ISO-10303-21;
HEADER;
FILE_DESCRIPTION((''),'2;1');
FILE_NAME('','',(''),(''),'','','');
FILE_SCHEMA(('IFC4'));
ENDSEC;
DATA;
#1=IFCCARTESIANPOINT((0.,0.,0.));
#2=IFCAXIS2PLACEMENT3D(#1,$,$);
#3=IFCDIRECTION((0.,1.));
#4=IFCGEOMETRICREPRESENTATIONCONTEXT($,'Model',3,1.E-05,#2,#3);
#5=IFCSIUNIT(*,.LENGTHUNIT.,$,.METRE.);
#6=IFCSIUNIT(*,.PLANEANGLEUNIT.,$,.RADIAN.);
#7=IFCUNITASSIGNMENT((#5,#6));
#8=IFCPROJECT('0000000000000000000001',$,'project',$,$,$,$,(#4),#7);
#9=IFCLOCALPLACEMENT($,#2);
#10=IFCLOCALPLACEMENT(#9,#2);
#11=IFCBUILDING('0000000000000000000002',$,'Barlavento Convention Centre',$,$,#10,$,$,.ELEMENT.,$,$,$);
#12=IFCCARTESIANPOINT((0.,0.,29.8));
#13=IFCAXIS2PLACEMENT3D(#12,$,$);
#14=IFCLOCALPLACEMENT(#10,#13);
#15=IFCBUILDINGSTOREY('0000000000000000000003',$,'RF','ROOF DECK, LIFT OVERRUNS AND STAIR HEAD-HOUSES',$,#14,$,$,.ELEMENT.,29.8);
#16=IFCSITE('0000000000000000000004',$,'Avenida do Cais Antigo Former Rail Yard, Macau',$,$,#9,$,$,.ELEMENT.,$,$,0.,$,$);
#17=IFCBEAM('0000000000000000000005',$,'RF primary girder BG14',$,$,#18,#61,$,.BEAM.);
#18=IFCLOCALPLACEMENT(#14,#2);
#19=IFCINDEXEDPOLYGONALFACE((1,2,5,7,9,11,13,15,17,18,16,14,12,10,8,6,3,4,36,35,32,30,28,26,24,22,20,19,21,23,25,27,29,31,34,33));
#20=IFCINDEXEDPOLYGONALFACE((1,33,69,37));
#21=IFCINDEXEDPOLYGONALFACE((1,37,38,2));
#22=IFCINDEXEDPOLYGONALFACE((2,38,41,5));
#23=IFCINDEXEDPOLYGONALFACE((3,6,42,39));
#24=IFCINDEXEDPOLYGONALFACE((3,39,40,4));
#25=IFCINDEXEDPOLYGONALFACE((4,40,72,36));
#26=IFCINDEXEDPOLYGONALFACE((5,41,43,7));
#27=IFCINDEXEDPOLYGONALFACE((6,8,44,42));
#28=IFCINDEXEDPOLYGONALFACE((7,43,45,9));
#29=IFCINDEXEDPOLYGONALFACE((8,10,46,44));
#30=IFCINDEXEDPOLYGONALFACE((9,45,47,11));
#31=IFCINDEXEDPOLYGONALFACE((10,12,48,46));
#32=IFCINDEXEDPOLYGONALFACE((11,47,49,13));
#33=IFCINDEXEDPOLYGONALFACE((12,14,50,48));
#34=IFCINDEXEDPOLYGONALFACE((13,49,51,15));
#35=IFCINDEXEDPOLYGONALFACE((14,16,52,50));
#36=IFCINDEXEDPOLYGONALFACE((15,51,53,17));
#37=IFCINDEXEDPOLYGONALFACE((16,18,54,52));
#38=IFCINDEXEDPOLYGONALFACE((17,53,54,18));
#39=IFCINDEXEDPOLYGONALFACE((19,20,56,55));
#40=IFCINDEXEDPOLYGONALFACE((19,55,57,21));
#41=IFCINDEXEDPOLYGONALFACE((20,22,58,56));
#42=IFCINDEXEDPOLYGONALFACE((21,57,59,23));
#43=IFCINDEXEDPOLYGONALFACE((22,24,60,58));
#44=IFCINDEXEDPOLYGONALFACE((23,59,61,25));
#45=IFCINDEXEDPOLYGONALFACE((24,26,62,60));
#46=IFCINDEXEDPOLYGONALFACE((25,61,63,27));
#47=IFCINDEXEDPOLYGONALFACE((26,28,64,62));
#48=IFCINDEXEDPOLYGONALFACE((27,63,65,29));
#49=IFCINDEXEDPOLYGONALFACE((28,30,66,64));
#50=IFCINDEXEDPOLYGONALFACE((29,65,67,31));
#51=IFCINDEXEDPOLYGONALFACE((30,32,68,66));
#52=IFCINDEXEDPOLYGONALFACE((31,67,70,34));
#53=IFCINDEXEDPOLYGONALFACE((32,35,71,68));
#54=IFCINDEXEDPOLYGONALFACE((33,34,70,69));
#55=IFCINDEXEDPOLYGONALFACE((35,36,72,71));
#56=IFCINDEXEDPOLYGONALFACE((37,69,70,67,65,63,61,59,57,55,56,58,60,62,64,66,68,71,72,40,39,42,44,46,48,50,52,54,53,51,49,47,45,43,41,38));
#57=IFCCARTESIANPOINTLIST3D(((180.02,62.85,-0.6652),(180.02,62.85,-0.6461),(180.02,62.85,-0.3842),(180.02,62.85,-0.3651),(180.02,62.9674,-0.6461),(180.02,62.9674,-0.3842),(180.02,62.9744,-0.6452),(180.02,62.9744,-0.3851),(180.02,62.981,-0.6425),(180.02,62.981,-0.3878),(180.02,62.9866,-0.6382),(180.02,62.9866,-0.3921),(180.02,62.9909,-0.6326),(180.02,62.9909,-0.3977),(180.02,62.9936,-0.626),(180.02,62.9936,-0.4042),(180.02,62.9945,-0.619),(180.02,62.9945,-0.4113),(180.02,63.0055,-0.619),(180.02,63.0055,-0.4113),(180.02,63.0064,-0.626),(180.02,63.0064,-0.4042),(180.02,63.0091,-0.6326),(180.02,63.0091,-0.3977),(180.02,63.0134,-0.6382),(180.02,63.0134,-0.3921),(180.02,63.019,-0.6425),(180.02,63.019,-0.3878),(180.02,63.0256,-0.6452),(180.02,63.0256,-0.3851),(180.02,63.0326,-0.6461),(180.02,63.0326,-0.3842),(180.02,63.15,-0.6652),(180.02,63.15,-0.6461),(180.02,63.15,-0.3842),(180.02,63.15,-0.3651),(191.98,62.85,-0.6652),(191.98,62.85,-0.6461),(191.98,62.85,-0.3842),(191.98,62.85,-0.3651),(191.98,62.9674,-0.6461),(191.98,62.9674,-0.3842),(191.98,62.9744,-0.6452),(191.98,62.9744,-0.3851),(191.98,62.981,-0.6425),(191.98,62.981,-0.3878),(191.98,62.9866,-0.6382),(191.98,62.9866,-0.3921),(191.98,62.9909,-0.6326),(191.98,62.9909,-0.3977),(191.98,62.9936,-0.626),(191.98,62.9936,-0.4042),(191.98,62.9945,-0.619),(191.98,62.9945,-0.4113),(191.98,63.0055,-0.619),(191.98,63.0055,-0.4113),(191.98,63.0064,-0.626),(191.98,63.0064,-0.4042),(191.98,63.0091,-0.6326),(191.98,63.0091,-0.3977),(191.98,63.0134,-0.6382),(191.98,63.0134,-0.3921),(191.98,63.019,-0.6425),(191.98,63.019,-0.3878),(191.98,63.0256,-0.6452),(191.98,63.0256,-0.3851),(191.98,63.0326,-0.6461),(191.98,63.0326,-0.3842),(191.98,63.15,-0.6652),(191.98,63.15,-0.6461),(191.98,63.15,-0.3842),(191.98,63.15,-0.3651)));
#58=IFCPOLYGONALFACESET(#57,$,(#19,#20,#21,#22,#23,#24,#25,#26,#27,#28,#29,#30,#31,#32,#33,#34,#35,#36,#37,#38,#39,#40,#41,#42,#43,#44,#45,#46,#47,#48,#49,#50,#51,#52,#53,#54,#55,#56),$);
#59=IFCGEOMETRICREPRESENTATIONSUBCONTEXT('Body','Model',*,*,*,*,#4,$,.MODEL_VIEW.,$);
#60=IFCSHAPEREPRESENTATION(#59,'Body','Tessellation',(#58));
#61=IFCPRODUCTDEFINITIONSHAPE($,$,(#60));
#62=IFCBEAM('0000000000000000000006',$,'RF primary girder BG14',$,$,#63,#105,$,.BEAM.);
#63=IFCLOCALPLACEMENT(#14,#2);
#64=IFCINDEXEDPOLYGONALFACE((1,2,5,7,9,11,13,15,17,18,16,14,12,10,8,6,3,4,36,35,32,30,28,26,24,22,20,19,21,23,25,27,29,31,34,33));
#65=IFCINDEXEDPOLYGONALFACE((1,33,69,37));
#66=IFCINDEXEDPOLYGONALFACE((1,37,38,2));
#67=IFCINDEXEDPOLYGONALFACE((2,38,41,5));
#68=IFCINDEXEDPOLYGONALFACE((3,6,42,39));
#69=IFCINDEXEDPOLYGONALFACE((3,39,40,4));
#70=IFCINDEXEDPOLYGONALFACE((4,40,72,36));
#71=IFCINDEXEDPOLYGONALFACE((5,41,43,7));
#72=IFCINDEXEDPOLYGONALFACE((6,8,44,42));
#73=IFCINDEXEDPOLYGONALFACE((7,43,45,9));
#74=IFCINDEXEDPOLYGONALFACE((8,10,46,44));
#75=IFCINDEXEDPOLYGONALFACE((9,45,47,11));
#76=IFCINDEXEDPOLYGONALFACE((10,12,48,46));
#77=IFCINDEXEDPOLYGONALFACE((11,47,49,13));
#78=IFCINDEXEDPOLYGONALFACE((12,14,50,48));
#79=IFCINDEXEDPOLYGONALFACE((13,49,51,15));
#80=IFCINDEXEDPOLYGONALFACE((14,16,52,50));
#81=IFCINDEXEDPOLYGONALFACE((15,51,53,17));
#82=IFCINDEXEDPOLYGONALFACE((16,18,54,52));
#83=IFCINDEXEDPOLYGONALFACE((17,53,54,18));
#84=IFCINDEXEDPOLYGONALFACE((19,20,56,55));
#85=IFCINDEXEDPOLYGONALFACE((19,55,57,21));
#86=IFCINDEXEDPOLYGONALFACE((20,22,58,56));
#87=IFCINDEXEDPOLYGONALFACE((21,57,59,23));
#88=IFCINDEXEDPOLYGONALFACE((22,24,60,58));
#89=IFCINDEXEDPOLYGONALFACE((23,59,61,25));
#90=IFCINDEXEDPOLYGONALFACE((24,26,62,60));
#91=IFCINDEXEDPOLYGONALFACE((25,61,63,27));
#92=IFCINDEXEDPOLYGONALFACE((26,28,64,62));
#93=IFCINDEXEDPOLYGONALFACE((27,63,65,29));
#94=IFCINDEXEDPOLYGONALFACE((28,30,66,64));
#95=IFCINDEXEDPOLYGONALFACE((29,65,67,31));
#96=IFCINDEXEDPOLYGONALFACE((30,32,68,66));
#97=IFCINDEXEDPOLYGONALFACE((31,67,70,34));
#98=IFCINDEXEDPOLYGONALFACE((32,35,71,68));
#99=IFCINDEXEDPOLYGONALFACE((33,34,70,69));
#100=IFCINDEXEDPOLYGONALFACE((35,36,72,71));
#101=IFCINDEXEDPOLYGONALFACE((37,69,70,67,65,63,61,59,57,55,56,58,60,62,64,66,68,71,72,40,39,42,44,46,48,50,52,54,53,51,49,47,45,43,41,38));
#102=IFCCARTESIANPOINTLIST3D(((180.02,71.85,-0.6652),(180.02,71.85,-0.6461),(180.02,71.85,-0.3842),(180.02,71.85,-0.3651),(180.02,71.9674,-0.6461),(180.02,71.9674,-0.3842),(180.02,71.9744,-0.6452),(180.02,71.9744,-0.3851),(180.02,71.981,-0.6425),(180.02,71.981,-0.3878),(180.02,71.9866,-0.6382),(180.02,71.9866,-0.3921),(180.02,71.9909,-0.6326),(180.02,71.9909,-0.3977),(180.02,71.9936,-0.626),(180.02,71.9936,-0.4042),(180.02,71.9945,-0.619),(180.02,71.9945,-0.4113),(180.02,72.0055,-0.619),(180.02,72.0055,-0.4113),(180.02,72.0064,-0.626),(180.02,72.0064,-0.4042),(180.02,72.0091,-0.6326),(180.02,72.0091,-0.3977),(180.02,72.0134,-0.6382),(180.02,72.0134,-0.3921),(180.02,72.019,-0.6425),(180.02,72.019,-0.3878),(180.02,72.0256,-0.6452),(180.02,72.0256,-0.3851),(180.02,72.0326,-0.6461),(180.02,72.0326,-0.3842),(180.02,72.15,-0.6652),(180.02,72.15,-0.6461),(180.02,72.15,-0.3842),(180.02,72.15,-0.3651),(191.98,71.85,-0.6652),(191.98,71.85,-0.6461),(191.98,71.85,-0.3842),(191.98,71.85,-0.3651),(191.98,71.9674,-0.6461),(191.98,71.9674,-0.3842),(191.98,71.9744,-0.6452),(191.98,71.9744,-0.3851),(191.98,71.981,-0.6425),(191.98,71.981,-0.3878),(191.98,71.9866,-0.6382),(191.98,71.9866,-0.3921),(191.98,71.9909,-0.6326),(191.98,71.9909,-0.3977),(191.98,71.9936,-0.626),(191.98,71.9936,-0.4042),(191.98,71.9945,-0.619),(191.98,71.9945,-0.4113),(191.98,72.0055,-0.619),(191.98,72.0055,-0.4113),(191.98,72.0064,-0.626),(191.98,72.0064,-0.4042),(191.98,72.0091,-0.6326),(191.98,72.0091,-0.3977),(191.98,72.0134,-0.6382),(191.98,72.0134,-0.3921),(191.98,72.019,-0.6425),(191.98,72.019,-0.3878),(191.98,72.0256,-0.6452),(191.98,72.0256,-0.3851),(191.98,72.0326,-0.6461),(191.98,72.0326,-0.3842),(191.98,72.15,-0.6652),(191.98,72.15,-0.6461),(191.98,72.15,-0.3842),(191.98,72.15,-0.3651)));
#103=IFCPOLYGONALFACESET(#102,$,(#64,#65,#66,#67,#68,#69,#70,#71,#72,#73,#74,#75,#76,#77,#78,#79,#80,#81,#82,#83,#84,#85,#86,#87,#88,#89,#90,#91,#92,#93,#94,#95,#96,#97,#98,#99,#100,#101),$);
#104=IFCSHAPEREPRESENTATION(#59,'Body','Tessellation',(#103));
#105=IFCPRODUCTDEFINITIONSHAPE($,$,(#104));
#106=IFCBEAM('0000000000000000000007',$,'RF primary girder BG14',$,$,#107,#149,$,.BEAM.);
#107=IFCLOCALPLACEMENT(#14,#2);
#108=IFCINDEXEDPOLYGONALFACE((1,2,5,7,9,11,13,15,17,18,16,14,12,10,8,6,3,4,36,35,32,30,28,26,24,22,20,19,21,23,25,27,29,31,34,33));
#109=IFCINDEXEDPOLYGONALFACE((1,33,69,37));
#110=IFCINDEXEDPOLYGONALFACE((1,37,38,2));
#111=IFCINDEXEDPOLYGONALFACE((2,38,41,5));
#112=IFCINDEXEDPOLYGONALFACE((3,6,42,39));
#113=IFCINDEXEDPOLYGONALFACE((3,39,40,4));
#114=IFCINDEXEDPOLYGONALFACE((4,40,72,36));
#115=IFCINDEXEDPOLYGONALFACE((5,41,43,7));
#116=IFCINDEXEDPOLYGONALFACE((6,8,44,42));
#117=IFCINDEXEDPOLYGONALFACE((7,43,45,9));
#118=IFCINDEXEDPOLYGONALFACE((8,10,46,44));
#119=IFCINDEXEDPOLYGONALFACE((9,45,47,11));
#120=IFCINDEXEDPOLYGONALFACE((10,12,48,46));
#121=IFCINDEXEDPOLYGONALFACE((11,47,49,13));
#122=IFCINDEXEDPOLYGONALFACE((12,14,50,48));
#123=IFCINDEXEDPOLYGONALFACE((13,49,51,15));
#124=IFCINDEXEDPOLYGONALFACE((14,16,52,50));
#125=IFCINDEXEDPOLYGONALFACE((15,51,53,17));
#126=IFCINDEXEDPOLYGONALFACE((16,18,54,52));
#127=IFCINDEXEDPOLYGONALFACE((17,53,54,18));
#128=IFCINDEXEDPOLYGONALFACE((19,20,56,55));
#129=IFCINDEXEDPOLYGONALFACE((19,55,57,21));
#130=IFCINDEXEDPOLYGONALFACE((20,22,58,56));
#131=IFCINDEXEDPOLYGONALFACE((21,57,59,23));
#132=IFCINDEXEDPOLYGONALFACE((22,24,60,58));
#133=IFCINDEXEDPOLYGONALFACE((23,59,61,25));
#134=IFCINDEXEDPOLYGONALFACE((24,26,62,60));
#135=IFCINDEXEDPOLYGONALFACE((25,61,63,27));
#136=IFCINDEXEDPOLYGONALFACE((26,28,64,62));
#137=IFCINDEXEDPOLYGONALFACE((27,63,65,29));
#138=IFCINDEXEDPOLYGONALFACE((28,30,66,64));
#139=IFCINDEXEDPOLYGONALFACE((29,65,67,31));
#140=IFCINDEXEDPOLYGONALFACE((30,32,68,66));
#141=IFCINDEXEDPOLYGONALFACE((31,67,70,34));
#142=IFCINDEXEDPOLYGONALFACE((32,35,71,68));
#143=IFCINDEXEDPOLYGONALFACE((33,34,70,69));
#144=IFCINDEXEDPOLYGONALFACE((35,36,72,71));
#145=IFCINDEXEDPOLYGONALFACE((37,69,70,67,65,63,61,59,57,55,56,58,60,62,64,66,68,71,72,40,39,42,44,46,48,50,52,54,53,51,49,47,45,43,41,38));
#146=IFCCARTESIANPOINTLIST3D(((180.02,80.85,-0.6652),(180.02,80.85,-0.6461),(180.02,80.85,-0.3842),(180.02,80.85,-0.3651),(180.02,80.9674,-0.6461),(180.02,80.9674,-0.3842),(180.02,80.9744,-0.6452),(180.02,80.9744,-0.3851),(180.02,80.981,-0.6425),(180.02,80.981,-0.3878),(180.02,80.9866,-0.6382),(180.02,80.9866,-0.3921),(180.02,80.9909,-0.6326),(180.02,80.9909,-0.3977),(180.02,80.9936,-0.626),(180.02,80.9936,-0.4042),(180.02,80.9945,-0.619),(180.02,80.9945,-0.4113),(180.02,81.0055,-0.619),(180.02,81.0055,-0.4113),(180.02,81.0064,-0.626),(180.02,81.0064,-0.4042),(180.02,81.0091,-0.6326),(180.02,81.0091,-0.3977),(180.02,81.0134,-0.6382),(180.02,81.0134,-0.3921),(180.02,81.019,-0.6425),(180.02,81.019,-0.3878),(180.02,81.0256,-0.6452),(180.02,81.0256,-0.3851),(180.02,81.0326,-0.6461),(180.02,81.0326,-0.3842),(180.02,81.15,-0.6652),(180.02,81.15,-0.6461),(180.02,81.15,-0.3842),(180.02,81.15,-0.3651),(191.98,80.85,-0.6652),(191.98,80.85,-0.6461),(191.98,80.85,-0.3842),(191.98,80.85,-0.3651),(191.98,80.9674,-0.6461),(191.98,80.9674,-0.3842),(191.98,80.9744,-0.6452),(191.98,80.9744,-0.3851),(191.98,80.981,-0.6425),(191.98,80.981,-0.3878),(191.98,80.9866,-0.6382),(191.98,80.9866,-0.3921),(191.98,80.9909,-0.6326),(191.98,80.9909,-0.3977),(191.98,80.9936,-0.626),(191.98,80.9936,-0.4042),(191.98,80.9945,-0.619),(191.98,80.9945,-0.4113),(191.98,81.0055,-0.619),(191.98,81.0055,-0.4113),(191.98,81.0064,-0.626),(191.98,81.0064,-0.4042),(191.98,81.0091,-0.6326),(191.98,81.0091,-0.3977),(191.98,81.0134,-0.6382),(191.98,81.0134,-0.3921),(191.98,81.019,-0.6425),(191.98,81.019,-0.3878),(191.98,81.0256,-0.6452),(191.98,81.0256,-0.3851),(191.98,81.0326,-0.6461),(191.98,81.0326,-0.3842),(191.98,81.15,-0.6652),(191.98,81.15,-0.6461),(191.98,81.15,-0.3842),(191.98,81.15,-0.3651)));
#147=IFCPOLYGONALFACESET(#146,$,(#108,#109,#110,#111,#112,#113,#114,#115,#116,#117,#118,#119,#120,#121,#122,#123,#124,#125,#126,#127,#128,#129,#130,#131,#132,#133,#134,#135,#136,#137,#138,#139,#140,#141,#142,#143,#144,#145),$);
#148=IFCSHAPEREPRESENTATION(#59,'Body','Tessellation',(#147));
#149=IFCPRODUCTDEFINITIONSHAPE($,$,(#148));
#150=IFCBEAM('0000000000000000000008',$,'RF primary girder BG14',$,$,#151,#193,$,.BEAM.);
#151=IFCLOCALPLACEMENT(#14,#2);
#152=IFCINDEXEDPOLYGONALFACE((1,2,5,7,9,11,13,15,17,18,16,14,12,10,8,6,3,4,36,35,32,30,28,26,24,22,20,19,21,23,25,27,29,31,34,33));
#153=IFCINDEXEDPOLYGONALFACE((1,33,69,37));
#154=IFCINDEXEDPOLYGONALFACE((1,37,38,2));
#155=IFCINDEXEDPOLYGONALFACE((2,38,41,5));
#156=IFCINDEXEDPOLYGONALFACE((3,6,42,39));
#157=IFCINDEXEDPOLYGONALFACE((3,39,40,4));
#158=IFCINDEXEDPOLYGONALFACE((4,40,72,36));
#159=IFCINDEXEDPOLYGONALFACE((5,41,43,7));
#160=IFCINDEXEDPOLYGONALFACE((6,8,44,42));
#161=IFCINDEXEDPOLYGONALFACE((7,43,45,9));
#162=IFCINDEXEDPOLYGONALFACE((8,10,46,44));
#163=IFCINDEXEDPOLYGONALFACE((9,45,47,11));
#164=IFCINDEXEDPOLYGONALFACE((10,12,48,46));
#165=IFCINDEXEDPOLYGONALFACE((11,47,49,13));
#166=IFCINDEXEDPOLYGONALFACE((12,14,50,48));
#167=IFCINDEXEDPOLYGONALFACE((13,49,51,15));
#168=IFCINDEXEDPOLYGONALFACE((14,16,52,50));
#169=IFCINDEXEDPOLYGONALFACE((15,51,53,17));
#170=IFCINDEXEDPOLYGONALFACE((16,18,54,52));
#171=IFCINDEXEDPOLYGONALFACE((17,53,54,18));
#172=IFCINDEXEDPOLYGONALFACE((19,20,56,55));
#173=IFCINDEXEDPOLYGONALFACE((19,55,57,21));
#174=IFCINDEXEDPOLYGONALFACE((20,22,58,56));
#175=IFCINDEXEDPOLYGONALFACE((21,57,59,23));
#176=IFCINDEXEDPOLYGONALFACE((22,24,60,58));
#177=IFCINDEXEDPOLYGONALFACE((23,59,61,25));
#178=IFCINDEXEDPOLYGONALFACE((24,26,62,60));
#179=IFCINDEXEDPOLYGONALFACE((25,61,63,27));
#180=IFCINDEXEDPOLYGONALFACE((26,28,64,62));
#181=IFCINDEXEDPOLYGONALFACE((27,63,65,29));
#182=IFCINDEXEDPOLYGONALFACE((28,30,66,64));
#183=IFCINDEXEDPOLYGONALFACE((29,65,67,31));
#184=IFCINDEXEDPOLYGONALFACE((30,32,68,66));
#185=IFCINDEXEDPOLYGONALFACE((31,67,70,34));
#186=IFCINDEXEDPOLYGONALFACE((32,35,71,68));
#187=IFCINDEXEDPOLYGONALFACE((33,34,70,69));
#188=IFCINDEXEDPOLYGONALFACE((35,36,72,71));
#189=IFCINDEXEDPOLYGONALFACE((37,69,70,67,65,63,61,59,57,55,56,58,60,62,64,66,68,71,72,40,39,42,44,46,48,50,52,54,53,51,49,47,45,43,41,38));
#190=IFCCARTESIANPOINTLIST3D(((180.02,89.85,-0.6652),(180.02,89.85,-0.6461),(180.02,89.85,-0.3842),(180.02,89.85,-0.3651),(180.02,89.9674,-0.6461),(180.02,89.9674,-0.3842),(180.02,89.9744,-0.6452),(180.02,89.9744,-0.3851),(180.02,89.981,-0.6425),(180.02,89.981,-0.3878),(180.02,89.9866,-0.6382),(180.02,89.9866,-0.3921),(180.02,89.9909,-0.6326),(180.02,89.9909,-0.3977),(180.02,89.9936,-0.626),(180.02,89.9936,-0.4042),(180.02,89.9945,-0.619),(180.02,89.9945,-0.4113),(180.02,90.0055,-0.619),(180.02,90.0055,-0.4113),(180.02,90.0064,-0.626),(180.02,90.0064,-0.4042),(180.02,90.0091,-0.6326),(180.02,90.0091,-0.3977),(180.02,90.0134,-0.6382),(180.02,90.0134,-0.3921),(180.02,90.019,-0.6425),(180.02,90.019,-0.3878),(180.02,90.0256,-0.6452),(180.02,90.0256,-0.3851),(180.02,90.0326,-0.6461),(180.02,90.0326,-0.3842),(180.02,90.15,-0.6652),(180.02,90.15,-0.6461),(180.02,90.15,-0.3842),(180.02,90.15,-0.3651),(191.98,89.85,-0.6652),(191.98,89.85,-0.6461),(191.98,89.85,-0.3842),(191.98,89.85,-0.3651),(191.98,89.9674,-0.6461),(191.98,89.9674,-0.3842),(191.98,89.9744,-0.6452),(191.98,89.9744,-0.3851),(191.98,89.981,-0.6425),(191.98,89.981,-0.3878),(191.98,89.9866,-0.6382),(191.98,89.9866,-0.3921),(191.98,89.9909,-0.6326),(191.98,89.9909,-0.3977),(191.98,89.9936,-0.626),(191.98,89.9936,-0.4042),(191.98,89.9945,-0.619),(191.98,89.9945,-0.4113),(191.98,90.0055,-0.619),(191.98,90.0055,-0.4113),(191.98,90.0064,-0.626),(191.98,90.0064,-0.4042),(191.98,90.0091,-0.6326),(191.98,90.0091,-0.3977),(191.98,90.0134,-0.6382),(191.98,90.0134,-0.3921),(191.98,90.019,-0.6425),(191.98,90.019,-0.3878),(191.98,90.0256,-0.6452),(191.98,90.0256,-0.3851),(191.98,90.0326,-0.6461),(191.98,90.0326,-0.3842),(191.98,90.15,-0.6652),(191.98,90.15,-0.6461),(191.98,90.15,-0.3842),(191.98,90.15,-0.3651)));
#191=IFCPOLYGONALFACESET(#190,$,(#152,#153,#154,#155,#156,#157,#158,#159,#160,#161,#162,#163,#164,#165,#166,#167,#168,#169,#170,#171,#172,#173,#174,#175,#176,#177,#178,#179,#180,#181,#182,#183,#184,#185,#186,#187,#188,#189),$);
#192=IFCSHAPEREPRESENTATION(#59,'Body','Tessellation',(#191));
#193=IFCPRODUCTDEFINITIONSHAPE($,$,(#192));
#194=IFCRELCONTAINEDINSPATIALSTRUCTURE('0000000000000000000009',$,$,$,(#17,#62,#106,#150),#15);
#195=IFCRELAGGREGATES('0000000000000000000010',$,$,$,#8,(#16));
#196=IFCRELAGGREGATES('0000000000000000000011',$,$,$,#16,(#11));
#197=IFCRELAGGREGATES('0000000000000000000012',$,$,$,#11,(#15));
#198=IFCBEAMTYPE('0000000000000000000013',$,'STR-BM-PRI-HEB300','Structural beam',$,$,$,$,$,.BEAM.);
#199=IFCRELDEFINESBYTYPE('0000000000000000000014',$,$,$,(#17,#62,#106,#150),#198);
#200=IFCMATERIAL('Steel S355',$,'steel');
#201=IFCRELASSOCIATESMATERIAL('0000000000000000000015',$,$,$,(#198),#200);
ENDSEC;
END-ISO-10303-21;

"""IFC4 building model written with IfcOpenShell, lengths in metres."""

from ifc_helpers import new_model, si_unit, direction, frame, origin, origin_2d, place, context, subcontext, project, spatial, i_section, extrude, material, material_profile, profile_set, type_object, element, save


model = new_model("IFC4")

# Units and contexts
model_context = context("Model", 3, precision=1e-05, world=origin(), true_north=direction((0.0, 1.0)))
body_context = subcontext(model_context, "Body", "Model", "MODEL_VIEW")
ifc_project = project(units=[si_unit("LENGTHUNIT", "METRE"), si_unit("PLANEANGLEUNIT", "RADIAN")], contexts=[model_context])

# Site, building, storey
site_placement = place(None, origin())
site = spatial("IfcSite", under=ifc_project, at=site_placement, Name="Avenida do Cais Antigo Former Rail Yard, Macau", CompositionType="ELEMENT", RefElevation=0.0)
building_placement = place(site_placement, origin())
building = spatial("IfcBuilding", under=site, at=building_placement, Name="Barlavento Convention Centre", CompositionType="ELEMENT")
storey_placement = place(building_placement, frame((0.0, 0.0, 29.8)))
storey = spatial("IfcBuildingStorey", under=building, at=storey_placement, Name="RF", Description="ROOF DECK, LIFT OVERRUNS AND STAIR HEAD-HOUSES", CompositionType="ELEMENT", Elevation=29.8)

# Beams
ifc_material_1 = material(Name="Steel S355", Category="steel")
ifc_material_profile_1 = material_profile(ifc_material_1, i_section(OverallWidth=0.3, OverallDepth=0.3, WebThickness=0.011, FlangeThickness=0.019, FilletRadius=0.0271, at=origin_2d()), Name="HEB 300")
ifc_profile_set_1 = profile_set([ifc_material_profile_1], Name="Steel S355")
beam_type_1 = type_object("IfcBeamType", Name="STR-BM-PRI-HEB300", Description="Structural beam", PredefinedType="BEAM", material=ifc_profile_set_1)
for number, where, z_axis, x_axis, name in (
    (1, (180.02, 63.0, -0.5151), (1.0, 0.0, 0.0), (0.0, 1.0, 0.0), "RF primary girder BG14"),
    (2, (180.02, 72.0, -0.5151), (1.0, 0.0, 0.0), (0.0, 1.0, 0.0), "RF primary girder BG14"),
    (3, (180.02, 81.0, -0.5151), (1.0, 0.0, 0.0), (0.0, 1.0, 0.0), "RF primary girder BG14"),
    (4, (180.02, 90.0, -0.5151), (1.0, 0.0, 0.0), (0.0, 1.0, 0.0), "RF primary girder BG14"),
):
    element("IfcBeam", number, at=place(storey_placement, frame(where, z_axis=z_axis, x_axis=x_axis)), inside=storey, type_object=beam_type_1, Name=name, PredefinedType="BEAM", context=body_context, shape_type="SweptSolid", body=[
        extrude(i_section(OverallWidth=0.3, OverallDepth=0.3, WebThickness=0.011, FlangeThickness=0.019, FilletRadius=0.0271, at=origin_2d()), origin(), (0.0, 0.0, 1.0), 11.96),
    ])

save(model, "model.ifc")
